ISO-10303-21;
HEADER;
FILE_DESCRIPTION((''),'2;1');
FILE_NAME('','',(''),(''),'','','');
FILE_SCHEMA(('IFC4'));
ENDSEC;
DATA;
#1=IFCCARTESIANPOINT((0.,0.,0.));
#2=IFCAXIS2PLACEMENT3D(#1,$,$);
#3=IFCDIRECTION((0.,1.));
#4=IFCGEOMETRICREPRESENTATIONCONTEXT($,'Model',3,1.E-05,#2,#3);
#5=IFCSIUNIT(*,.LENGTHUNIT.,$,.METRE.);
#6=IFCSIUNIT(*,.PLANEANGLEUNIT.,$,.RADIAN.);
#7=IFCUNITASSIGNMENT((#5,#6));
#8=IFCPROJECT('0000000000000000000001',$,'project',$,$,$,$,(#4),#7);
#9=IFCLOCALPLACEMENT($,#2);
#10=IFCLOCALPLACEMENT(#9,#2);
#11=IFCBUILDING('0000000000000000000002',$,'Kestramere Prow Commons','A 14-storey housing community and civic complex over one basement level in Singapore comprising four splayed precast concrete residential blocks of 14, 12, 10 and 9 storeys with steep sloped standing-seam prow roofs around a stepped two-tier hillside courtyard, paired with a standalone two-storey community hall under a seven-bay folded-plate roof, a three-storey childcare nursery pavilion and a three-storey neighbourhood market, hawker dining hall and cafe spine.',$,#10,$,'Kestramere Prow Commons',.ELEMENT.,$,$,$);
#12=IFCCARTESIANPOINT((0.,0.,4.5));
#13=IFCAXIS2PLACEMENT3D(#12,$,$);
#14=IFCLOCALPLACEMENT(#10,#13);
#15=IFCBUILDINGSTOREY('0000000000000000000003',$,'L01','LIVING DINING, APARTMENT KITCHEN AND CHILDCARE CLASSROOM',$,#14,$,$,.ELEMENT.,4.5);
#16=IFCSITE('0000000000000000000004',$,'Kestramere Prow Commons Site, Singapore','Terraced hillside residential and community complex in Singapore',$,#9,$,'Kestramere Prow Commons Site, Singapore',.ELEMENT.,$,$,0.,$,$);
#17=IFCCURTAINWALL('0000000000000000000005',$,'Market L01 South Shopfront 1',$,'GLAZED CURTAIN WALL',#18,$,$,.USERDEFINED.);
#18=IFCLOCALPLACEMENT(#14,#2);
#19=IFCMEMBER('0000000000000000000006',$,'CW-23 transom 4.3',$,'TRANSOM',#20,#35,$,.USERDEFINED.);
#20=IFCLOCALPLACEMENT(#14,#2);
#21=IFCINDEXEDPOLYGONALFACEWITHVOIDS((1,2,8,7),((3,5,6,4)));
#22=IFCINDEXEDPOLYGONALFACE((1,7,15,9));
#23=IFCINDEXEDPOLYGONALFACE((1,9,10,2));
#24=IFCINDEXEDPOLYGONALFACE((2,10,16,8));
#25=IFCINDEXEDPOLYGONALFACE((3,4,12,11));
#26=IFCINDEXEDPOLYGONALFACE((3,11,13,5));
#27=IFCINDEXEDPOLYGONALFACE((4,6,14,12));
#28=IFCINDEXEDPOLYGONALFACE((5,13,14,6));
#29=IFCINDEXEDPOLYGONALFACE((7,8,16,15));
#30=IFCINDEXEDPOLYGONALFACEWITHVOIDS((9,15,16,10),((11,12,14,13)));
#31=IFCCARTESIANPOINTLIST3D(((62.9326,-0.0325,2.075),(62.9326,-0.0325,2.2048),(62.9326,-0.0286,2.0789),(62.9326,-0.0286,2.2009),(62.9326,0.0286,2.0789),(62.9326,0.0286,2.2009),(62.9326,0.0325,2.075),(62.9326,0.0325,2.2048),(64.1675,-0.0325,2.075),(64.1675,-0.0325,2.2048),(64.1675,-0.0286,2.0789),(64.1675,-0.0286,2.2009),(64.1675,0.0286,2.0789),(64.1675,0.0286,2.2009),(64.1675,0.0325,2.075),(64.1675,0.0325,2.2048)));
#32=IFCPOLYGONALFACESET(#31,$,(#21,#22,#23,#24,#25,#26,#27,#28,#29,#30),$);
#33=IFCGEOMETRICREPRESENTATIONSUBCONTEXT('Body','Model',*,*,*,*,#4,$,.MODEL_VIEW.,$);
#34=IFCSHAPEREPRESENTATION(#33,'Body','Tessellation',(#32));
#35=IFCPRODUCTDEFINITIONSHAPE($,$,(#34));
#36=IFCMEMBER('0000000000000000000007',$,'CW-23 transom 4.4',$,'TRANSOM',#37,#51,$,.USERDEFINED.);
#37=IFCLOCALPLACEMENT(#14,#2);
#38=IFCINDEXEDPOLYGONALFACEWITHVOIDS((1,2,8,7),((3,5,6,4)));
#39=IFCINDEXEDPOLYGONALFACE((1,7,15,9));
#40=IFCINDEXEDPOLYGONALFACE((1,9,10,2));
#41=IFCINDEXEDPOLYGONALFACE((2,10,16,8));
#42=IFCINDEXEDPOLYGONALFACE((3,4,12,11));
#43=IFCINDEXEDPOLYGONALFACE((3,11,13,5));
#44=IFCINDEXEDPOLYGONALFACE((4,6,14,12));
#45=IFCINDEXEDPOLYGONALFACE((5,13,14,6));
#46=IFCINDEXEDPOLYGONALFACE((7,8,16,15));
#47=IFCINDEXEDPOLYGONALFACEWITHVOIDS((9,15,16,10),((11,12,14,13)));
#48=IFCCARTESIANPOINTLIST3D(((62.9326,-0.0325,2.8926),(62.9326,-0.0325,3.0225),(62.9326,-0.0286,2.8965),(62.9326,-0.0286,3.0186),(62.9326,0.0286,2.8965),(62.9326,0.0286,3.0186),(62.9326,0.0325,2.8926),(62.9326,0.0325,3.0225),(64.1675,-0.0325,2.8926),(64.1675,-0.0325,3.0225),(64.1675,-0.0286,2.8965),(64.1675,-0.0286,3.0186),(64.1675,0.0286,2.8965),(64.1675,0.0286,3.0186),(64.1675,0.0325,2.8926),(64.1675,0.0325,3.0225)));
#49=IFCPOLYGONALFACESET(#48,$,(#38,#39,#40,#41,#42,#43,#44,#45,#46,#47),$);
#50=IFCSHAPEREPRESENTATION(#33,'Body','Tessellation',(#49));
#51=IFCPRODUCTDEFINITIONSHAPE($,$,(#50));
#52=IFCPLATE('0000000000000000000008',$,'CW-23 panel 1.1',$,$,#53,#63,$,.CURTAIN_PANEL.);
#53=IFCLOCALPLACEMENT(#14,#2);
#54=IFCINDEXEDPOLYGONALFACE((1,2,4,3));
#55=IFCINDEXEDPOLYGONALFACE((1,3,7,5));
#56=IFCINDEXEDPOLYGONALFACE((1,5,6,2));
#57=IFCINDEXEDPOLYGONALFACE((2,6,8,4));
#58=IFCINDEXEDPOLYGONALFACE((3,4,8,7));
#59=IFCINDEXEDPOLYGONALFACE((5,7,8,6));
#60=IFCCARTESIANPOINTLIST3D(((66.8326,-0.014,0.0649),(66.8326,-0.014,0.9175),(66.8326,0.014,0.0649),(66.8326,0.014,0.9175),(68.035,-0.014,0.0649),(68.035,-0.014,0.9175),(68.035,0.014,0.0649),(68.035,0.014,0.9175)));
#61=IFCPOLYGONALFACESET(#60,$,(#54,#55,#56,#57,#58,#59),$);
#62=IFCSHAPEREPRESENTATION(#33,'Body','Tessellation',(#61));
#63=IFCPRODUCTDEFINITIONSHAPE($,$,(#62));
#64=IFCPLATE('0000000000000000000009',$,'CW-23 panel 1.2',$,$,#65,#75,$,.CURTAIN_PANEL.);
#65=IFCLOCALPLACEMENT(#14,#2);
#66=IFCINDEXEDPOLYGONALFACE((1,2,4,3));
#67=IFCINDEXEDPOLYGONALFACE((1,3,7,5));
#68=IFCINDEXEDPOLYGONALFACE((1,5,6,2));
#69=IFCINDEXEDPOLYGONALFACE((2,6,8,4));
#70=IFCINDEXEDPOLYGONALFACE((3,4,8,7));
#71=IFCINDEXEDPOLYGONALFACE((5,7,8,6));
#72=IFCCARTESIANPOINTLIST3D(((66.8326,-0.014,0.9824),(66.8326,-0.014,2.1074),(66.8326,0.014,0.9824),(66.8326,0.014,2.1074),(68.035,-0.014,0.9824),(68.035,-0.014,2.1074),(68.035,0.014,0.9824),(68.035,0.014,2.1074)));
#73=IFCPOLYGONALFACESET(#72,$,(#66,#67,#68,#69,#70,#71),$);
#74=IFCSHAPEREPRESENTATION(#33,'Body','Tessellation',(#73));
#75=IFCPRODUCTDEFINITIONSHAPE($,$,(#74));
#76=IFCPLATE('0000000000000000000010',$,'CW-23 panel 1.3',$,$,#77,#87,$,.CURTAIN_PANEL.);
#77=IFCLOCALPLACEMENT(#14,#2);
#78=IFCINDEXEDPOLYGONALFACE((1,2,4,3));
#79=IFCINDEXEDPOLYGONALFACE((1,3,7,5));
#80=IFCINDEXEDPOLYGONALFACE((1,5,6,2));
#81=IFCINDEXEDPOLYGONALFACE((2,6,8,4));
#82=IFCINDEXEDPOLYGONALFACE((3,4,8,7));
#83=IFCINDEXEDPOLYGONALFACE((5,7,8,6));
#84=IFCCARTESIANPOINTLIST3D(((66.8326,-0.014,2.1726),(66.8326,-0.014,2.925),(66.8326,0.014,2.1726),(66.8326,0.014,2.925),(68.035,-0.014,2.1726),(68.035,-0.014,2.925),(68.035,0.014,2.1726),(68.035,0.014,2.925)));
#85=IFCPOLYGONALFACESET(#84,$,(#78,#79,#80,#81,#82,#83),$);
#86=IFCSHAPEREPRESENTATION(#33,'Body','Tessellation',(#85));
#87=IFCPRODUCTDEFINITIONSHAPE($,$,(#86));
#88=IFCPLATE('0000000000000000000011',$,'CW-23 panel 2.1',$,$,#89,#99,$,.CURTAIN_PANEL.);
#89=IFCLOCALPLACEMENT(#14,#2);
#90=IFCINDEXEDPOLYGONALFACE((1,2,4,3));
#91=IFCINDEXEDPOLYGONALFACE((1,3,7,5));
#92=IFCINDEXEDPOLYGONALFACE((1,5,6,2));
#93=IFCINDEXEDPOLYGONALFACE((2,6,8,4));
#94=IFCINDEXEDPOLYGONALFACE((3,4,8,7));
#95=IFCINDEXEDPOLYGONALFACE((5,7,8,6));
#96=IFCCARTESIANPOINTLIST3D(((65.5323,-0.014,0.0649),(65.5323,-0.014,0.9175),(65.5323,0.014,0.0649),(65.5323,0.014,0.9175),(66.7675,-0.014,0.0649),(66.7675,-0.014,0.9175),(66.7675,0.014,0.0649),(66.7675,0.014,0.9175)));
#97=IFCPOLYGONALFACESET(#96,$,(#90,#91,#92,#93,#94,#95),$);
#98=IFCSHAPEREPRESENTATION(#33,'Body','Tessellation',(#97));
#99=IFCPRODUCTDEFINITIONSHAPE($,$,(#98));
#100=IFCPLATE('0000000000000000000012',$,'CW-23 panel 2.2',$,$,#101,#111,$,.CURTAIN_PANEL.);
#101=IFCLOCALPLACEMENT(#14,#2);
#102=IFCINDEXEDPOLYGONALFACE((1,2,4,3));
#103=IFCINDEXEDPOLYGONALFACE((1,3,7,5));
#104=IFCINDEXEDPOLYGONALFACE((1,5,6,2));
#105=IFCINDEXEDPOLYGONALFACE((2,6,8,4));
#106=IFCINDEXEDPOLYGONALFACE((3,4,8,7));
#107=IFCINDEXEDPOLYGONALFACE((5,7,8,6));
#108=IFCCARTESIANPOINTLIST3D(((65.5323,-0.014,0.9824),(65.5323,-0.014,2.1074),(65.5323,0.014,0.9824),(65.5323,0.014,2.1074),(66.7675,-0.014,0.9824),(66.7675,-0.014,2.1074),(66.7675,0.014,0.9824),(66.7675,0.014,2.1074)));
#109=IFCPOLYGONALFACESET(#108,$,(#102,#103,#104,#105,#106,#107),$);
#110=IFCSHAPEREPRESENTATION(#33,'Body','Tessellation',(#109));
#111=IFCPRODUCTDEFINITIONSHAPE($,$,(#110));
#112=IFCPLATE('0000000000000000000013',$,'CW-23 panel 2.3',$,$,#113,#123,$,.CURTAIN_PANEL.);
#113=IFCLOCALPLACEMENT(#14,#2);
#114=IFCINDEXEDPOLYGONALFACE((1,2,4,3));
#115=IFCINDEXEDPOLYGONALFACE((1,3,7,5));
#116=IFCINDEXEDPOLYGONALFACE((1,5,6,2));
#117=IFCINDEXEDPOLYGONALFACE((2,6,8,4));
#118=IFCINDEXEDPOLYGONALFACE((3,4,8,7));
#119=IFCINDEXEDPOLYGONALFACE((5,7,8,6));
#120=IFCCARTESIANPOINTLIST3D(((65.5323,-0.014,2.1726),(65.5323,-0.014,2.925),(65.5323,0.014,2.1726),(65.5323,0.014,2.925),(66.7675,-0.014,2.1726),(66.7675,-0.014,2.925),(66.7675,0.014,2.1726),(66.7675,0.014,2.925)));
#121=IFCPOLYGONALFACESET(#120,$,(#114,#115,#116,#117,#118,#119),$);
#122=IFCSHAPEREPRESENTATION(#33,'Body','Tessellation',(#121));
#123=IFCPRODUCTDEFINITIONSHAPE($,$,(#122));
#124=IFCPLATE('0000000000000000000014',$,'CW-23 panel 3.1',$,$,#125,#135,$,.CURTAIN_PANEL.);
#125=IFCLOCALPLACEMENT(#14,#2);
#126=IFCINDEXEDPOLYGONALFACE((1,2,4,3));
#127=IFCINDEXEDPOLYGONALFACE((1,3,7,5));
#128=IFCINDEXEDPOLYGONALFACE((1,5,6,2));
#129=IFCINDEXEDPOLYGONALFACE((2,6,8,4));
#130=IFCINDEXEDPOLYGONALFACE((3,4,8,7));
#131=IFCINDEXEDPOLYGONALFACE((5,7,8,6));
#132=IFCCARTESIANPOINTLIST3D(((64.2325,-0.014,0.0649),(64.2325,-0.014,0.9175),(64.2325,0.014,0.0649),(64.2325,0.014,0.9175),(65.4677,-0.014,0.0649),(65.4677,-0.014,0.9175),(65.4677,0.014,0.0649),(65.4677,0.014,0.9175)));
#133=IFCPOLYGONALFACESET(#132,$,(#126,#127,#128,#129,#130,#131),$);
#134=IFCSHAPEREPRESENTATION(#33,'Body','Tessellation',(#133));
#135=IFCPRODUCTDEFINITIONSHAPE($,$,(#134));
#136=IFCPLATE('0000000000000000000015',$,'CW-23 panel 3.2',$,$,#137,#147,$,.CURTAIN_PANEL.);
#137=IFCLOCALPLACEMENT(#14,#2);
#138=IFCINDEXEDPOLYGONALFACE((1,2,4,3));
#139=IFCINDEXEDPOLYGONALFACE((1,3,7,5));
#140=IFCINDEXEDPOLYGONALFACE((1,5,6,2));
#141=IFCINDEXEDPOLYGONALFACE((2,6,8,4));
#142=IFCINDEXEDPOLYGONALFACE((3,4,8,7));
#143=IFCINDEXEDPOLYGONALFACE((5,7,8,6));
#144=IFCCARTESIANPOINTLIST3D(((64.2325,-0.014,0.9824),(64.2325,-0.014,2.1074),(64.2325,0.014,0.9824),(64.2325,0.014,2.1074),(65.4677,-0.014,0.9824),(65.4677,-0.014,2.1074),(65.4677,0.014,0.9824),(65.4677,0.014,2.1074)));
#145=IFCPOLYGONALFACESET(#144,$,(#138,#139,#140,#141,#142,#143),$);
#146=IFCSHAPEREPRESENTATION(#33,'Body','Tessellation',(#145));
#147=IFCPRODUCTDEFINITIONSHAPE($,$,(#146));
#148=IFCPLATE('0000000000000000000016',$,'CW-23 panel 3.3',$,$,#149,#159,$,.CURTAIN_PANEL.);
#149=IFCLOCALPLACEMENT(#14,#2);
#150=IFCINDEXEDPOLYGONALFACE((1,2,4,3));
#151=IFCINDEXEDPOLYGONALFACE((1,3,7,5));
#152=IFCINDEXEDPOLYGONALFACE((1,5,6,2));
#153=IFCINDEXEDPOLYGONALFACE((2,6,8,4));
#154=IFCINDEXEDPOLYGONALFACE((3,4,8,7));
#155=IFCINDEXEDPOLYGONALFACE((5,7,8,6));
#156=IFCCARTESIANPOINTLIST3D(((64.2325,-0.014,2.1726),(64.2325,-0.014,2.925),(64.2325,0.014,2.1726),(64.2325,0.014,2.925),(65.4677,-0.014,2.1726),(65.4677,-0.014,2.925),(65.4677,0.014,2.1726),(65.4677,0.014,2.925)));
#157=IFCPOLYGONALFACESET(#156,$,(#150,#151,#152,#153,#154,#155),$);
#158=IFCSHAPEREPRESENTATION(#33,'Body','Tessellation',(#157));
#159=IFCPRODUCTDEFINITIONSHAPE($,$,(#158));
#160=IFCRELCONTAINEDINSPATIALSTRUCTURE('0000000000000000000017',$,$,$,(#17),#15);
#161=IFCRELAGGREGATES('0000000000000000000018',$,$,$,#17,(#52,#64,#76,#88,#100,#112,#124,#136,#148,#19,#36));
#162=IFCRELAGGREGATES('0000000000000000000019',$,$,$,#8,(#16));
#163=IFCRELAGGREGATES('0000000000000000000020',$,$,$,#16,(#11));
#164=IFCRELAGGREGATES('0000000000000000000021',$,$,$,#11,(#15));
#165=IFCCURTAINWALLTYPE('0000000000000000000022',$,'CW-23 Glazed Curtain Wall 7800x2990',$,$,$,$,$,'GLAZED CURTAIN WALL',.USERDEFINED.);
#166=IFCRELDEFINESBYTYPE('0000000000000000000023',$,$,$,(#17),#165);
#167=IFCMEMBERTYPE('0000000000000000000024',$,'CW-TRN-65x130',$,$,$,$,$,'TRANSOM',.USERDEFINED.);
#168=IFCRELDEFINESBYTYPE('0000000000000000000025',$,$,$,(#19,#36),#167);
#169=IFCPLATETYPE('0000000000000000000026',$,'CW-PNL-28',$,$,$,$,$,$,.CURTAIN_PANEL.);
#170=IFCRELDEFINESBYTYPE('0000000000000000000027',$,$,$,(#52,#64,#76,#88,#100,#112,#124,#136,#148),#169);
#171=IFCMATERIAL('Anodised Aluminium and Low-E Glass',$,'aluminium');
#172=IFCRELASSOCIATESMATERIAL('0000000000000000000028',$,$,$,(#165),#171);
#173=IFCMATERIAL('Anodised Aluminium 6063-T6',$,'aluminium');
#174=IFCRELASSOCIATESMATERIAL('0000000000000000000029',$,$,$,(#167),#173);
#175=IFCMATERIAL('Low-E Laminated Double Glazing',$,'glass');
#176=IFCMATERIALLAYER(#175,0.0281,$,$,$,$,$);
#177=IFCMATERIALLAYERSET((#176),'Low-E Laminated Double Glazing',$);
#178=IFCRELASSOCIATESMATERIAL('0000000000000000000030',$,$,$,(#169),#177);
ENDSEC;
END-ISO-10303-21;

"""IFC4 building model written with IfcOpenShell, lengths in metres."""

from ifc_helpers import new_model, si_unit, direction, frame, origin, origin_2d, place, context, subcontext, project, spatial, rectangle, hollow_rectangle, extrude, material, layer, layer_set, material_profile, profile_set, type_object, element, aggregate, save


model = new_model("IFC4")

# Units and contexts
model_context = context("Model", 3, precision=1e-05, world=origin(), true_north=direction((0.0, 1.0)))
body_context = subcontext(model_context, "Body", "Model", "MODEL_VIEW")
ifc_project = project(units=[si_unit("LENGTHUNIT", "METRE"), si_unit("PLANEANGLEUNIT", "RADIAN")], contexts=[model_context])

# Site, building, storey
site_placement = place(None, origin())
site = spatial("IfcSite", under=ifc_project, at=site_placement, Name="Kestramere Prow Commons Site, Singapore", Description="Terraced hillside residential and community complex in Singapore", LongName="Kestramere Prow Commons Site, Singapore", CompositionType="ELEMENT", RefElevation=0.0)
building_placement = place(site_placement, origin())
building = spatial("IfcBuilding", under=site, at=building_placement, Name="Kestramere Prow Commons", Description="A 14-storey housing community and civic complex over one basement level in Singapore comprising four splayed precast concrete residential blocks of 14, 12, 10 and 9 storeys with steep sloped standing-seam prow roofs around a stepped two-tier hillside courtyard, paired with a standalone two-storey community hall under a seven-bay folded-plate roof, a three-storey childcare nursery pavilion and a three-storey neighbourhood market, hawker dining hall and cafe spine.", LongName="Kestramere Prow Commons", CompositionType="ELEMENT")
storey_placement = place(building_placement, frame((0.0, 0.0, 4.5)))
storey = spatial("IfcBuildingStorey", under=building, at=storey_placement, Name="L01", Description="LIVING DINING, APARTMENT KITCHEN AND CHILDCARE CLASSROOM", CompositionType="ELEMENT", Elevation=4.5)

# Curtain wall, members, plates
ifc_material_1 = material(Name="Anodised Aluminium and Low-E Glass", Category="aluminium")
curtain_wall_type = type_object("IfcCurtainWallType", Name="CW-23 Glazed Curtain Wall 7800x2990", ElementType="GLAZED CURTAIN WALL", PredefinedType="USERDEFINED", material=ifc_material_1)
curtain_wall_placement = place(storey_placement, origin())
curtain_wall = element("IfcCurtainWall", 1, at=curtain_wall_placement, inside=storey, type_object=curtain_wall_type, Name="Market L01 South Shopfront 1", ObjectType="GLAZED CURTAIN WALL", PredefinedType="USERDEFINED")
ifc_material_2 = material(Name="Anodised Aluminium 6063-T6", Category="aluminium")
ifc_material_profile_1 = material_profile(ifc_material_2, hollow_rectangle(XDim=0.0649, YDim=0.1299, WallThickness=0.0039, at=origin_2d()), Name="ALU-TRN 65x130")
ifc_profile_set_1 = profile_set([ifc_material_profile_1], Name="Anodised Aluminium 6063-T6")
member_type_1 = type_object("IfcMemberType", Name="CW-TRN-65x130", ElementType="TRANSOM", PredefinedType="USERDEFINED", material=ifc_profile_set_1)
member_1_placement = place(storey_placement, frame((64.1675, 0.0, 2.1399), z_axis=(-1.0, 0.0, 0.0), x_axis=(0.0, -1.0, 0.0)))
member_1 = element("IfcMember", 2, at=member_1_placement, type_object=member_type_1, Name="CW-23 transom 4.3", ObjectType="TRANSOM", PredefinedType="USERDEFINED", context=body_context, shape_type="SweptSolid", body=[
    extrude(hollow_rectangle(XDim=0.0649, YDim=0.1299, WallThickness=0.0039, at=origin_2d()), origin(), (0.0, 0.0, 1.0), 1.2349),
])
member_2_placement = place(storey_placement, frame((64.1675, 0.0, 2.9575), z_axis=(-1.0, 0.0, 0.0), x_axis=(0.0, -1.0, 0.0)))
member_2 = element("IfcMember", 3, at=member_2_placement, type_object=member_type_1, Name="CW-23 transom 4.4", ObjectType="TRANSOM", PredefinedType="USERDEFINED", context=body_context, shape_type="SweptSolid", body=[
    extrude(hollow_rectangle(XDim=0.0649, YDim=0.1299, WallThickness=0.0039, at=origin_2d()), origin(), (0.0, 0.0, 1.0), 1.2349),
])
ifc_material_3 = material(Name="Low-E Laminated Double Glazing", Category="glass")
ifc_layer = layer(ifc_material_3, 0.0281)
ifc_layer_set = layer_set([ifc_layer], Name="Low-E Laminated Double Glazing")
plate_type = type_object("IfcPlateType", Name="CW-PNL-28", PredefinedType="CURTAIN_PANEL", material=ifc_layer_set)
plate_1_placement = place(storey_placement, frame((67.4338, 0.0, 0.0649), z_axis=(0.0, 0.0, 1.0), x_axis=(-1.0, 0.0, 0.0)))
plate_1 = element("IfcPlate", 4, at=plate_1_placement, type_object=plate_type, Name="CW-23 panel 1.1", PredefinedType="CURTAIN_PANEL", context=body_context, shape_type="SweptSolid", body=[
    extrude(rectangle(XDim=1.2024, YDim=0.0281, at=origin_2d()), origin(), (0.0, 0.0, 1.0), 0.8525),
])
plate_2_placement = place(storey_placement, frame((67.4338, 0.0, 0.9824), z_axis=(0.0, 0.0, 1.0), x_axis=(-1.0, 0.0, 0.0)))
plate_2 = element("IfcPlate", 5, at=plate_2_placement, type_object=plate_type, Name="CW-23 panel 1.2", PredefinedType="CURTAIN_PANEL", context=body_context, shape_type="SweptSolid", body=[
    extrude(rectangle(XDim=1.2024, YDim=0.0281, at=origin_2d()), origin(), (0.0, 0.0, 1.0), 1.125),
])
plate_3_placement = place(storey_placement, frame((67.4338, 0.0, 2.1726), z_axis=(0.0, 0.0, 1.0), x_axis=(-1.0, 0.0, 0.0)))
plate_3 = element("IfcPlate", 6, at=plate_3_placement, type_object=plate_type, Name="CW-23 panel 1.3", PredefinedType="CURTAIN_PANEL", context=body_context, shape_type="SweptSolid", body=[
    extrude(rectangle(XDim=1.2024, YDim=0.0281, at=origin_2d()), origin(), (0.0, 0.0, 1.0), 0.7524),
])
plate_4_placement = place(storey_placement, frame((66.1499, 0.0, 0.0649), z_axis=(0.0, 0.0, 1.0), x_axis=(-1.0, 0.0, 0.0)))
plate_4 = element("IfcPlate", 7, at=plate_4_placement, type_object=plate_type, Name="CW-23 panel 2.1", PredefinedType="CURTAIN_PANEL", context=body_context, shape_type="SweptSolid", body=[
    extrude(rectangle(XDim=1.2351, YDim=0.0281, at=origin_2d()), origin(), (0.0, 0.0, 1.0), 0.8525),
])
plate_5_placement = place(storey_placement, frame((66.1499, 0.0, 0.9824), z_axis=(0.0, 0.0, 1.0), x_axis=(-1.0, 0.0, 0.0)))
plate_5 = element("IfcPlate", 8, at=plate_5_placement, type_object=plate_type, Name="CW-23 panel 2.2", PredefinedType="CURTAIN_PANEL", context=body_context, shape_type="SweptSolid", body=[
    extrude(rectangle(XDim=1.2351, YDim=0.0281, at=origin_2d()), origin(), (0.0, 0.0, 1.0), 1.125),
])
plate_6_placement = place(storey_placement, frame((66.1499, 0.0, 2.1726), z_axis=(0.0, 0.0, 1.0), x_axis=(-1.0, 0.0, 0.0)))
plate_6 = element("IfcPlate", 9, at=plate_6_placement, type_object=plate_type, Name="CW-23 panel 2.3", PredefinedType="CURTAIN_PANEL", context=body_context, shape_type="SweptSolid", body=[
    extrude(rectangle(XDim=1.2351, YDim=0.0281, at=origin_2d()), origin(), (0.0, 0.0, 1.0), 0.7524),
])
plate_7_placement = place(storey_placement, frame((64.8501, 0.0, 0.0649), z_axis=(0.0, 0.0, 1.0), x_axis=(-1.0, 0.0, 0.0)))
plate_7 = element("IfcPlate", 10, at=plate_7_placement, type_object=plate_type, Name="CW-23 panel 3.1", PredefinedType="CURTAIN_PANEL", context=body_context, shape_type="SweptSolid", body=[
    extrude(rectangle(XDim=1.2351, YDim=0.0281, at=origin_2d()), origin(), (0.0, 0.0, 1.0), 0.8525),
])
plate_8_placement = place(storey_placement, frame((64.8501, 0.0, 0.9824), z_axis=(0.0, 0.0, 1.0), x_axis=(-1.0, 0.0, 0.0)))
plate_8 = element("IfcPlate", 11, at=plate_8_placement, type_object=plate_type, Name="CW-23 panel 3.2", PredefinedType="CURTAIN_PANEL", context=body_context, shape_type="SweptSolid", body=[
    extrude(rectangle(XDim=1.2351, YDim=0.0281, at=origin_2d()), origin(), (0.0, 0.0, 1.0), 1.125),
])
plate_9_placement = place(storey_placement, frame((64.8501, 0.0, 2.1726), z_axis=(0.0, 0.0, 1.0), x_axis=(-1.0, 0.0, 0.0)))
plate_9 = element("IfcPlate", 12, at=plate_9_placement, type_object=plate_type, Name="CW-23 panel 3.3", PredefinedType="CURTAIN_PANEL", context=body_context, shape_type="SweptSolid", body=[
    extrude(rectangle(XDim=1.2351, YDim=0.0281, at=origin_2d()), origin(), (0.0, 0.0, 1.0), 0.7524),
])
aggregate(curtain_wall, [plate_1, plate_2, plate_3, plate_4, plate_5, plate_6, plate_7, plate_8, plate_9, member_1, member_2])

save(model, "model.ifc")
